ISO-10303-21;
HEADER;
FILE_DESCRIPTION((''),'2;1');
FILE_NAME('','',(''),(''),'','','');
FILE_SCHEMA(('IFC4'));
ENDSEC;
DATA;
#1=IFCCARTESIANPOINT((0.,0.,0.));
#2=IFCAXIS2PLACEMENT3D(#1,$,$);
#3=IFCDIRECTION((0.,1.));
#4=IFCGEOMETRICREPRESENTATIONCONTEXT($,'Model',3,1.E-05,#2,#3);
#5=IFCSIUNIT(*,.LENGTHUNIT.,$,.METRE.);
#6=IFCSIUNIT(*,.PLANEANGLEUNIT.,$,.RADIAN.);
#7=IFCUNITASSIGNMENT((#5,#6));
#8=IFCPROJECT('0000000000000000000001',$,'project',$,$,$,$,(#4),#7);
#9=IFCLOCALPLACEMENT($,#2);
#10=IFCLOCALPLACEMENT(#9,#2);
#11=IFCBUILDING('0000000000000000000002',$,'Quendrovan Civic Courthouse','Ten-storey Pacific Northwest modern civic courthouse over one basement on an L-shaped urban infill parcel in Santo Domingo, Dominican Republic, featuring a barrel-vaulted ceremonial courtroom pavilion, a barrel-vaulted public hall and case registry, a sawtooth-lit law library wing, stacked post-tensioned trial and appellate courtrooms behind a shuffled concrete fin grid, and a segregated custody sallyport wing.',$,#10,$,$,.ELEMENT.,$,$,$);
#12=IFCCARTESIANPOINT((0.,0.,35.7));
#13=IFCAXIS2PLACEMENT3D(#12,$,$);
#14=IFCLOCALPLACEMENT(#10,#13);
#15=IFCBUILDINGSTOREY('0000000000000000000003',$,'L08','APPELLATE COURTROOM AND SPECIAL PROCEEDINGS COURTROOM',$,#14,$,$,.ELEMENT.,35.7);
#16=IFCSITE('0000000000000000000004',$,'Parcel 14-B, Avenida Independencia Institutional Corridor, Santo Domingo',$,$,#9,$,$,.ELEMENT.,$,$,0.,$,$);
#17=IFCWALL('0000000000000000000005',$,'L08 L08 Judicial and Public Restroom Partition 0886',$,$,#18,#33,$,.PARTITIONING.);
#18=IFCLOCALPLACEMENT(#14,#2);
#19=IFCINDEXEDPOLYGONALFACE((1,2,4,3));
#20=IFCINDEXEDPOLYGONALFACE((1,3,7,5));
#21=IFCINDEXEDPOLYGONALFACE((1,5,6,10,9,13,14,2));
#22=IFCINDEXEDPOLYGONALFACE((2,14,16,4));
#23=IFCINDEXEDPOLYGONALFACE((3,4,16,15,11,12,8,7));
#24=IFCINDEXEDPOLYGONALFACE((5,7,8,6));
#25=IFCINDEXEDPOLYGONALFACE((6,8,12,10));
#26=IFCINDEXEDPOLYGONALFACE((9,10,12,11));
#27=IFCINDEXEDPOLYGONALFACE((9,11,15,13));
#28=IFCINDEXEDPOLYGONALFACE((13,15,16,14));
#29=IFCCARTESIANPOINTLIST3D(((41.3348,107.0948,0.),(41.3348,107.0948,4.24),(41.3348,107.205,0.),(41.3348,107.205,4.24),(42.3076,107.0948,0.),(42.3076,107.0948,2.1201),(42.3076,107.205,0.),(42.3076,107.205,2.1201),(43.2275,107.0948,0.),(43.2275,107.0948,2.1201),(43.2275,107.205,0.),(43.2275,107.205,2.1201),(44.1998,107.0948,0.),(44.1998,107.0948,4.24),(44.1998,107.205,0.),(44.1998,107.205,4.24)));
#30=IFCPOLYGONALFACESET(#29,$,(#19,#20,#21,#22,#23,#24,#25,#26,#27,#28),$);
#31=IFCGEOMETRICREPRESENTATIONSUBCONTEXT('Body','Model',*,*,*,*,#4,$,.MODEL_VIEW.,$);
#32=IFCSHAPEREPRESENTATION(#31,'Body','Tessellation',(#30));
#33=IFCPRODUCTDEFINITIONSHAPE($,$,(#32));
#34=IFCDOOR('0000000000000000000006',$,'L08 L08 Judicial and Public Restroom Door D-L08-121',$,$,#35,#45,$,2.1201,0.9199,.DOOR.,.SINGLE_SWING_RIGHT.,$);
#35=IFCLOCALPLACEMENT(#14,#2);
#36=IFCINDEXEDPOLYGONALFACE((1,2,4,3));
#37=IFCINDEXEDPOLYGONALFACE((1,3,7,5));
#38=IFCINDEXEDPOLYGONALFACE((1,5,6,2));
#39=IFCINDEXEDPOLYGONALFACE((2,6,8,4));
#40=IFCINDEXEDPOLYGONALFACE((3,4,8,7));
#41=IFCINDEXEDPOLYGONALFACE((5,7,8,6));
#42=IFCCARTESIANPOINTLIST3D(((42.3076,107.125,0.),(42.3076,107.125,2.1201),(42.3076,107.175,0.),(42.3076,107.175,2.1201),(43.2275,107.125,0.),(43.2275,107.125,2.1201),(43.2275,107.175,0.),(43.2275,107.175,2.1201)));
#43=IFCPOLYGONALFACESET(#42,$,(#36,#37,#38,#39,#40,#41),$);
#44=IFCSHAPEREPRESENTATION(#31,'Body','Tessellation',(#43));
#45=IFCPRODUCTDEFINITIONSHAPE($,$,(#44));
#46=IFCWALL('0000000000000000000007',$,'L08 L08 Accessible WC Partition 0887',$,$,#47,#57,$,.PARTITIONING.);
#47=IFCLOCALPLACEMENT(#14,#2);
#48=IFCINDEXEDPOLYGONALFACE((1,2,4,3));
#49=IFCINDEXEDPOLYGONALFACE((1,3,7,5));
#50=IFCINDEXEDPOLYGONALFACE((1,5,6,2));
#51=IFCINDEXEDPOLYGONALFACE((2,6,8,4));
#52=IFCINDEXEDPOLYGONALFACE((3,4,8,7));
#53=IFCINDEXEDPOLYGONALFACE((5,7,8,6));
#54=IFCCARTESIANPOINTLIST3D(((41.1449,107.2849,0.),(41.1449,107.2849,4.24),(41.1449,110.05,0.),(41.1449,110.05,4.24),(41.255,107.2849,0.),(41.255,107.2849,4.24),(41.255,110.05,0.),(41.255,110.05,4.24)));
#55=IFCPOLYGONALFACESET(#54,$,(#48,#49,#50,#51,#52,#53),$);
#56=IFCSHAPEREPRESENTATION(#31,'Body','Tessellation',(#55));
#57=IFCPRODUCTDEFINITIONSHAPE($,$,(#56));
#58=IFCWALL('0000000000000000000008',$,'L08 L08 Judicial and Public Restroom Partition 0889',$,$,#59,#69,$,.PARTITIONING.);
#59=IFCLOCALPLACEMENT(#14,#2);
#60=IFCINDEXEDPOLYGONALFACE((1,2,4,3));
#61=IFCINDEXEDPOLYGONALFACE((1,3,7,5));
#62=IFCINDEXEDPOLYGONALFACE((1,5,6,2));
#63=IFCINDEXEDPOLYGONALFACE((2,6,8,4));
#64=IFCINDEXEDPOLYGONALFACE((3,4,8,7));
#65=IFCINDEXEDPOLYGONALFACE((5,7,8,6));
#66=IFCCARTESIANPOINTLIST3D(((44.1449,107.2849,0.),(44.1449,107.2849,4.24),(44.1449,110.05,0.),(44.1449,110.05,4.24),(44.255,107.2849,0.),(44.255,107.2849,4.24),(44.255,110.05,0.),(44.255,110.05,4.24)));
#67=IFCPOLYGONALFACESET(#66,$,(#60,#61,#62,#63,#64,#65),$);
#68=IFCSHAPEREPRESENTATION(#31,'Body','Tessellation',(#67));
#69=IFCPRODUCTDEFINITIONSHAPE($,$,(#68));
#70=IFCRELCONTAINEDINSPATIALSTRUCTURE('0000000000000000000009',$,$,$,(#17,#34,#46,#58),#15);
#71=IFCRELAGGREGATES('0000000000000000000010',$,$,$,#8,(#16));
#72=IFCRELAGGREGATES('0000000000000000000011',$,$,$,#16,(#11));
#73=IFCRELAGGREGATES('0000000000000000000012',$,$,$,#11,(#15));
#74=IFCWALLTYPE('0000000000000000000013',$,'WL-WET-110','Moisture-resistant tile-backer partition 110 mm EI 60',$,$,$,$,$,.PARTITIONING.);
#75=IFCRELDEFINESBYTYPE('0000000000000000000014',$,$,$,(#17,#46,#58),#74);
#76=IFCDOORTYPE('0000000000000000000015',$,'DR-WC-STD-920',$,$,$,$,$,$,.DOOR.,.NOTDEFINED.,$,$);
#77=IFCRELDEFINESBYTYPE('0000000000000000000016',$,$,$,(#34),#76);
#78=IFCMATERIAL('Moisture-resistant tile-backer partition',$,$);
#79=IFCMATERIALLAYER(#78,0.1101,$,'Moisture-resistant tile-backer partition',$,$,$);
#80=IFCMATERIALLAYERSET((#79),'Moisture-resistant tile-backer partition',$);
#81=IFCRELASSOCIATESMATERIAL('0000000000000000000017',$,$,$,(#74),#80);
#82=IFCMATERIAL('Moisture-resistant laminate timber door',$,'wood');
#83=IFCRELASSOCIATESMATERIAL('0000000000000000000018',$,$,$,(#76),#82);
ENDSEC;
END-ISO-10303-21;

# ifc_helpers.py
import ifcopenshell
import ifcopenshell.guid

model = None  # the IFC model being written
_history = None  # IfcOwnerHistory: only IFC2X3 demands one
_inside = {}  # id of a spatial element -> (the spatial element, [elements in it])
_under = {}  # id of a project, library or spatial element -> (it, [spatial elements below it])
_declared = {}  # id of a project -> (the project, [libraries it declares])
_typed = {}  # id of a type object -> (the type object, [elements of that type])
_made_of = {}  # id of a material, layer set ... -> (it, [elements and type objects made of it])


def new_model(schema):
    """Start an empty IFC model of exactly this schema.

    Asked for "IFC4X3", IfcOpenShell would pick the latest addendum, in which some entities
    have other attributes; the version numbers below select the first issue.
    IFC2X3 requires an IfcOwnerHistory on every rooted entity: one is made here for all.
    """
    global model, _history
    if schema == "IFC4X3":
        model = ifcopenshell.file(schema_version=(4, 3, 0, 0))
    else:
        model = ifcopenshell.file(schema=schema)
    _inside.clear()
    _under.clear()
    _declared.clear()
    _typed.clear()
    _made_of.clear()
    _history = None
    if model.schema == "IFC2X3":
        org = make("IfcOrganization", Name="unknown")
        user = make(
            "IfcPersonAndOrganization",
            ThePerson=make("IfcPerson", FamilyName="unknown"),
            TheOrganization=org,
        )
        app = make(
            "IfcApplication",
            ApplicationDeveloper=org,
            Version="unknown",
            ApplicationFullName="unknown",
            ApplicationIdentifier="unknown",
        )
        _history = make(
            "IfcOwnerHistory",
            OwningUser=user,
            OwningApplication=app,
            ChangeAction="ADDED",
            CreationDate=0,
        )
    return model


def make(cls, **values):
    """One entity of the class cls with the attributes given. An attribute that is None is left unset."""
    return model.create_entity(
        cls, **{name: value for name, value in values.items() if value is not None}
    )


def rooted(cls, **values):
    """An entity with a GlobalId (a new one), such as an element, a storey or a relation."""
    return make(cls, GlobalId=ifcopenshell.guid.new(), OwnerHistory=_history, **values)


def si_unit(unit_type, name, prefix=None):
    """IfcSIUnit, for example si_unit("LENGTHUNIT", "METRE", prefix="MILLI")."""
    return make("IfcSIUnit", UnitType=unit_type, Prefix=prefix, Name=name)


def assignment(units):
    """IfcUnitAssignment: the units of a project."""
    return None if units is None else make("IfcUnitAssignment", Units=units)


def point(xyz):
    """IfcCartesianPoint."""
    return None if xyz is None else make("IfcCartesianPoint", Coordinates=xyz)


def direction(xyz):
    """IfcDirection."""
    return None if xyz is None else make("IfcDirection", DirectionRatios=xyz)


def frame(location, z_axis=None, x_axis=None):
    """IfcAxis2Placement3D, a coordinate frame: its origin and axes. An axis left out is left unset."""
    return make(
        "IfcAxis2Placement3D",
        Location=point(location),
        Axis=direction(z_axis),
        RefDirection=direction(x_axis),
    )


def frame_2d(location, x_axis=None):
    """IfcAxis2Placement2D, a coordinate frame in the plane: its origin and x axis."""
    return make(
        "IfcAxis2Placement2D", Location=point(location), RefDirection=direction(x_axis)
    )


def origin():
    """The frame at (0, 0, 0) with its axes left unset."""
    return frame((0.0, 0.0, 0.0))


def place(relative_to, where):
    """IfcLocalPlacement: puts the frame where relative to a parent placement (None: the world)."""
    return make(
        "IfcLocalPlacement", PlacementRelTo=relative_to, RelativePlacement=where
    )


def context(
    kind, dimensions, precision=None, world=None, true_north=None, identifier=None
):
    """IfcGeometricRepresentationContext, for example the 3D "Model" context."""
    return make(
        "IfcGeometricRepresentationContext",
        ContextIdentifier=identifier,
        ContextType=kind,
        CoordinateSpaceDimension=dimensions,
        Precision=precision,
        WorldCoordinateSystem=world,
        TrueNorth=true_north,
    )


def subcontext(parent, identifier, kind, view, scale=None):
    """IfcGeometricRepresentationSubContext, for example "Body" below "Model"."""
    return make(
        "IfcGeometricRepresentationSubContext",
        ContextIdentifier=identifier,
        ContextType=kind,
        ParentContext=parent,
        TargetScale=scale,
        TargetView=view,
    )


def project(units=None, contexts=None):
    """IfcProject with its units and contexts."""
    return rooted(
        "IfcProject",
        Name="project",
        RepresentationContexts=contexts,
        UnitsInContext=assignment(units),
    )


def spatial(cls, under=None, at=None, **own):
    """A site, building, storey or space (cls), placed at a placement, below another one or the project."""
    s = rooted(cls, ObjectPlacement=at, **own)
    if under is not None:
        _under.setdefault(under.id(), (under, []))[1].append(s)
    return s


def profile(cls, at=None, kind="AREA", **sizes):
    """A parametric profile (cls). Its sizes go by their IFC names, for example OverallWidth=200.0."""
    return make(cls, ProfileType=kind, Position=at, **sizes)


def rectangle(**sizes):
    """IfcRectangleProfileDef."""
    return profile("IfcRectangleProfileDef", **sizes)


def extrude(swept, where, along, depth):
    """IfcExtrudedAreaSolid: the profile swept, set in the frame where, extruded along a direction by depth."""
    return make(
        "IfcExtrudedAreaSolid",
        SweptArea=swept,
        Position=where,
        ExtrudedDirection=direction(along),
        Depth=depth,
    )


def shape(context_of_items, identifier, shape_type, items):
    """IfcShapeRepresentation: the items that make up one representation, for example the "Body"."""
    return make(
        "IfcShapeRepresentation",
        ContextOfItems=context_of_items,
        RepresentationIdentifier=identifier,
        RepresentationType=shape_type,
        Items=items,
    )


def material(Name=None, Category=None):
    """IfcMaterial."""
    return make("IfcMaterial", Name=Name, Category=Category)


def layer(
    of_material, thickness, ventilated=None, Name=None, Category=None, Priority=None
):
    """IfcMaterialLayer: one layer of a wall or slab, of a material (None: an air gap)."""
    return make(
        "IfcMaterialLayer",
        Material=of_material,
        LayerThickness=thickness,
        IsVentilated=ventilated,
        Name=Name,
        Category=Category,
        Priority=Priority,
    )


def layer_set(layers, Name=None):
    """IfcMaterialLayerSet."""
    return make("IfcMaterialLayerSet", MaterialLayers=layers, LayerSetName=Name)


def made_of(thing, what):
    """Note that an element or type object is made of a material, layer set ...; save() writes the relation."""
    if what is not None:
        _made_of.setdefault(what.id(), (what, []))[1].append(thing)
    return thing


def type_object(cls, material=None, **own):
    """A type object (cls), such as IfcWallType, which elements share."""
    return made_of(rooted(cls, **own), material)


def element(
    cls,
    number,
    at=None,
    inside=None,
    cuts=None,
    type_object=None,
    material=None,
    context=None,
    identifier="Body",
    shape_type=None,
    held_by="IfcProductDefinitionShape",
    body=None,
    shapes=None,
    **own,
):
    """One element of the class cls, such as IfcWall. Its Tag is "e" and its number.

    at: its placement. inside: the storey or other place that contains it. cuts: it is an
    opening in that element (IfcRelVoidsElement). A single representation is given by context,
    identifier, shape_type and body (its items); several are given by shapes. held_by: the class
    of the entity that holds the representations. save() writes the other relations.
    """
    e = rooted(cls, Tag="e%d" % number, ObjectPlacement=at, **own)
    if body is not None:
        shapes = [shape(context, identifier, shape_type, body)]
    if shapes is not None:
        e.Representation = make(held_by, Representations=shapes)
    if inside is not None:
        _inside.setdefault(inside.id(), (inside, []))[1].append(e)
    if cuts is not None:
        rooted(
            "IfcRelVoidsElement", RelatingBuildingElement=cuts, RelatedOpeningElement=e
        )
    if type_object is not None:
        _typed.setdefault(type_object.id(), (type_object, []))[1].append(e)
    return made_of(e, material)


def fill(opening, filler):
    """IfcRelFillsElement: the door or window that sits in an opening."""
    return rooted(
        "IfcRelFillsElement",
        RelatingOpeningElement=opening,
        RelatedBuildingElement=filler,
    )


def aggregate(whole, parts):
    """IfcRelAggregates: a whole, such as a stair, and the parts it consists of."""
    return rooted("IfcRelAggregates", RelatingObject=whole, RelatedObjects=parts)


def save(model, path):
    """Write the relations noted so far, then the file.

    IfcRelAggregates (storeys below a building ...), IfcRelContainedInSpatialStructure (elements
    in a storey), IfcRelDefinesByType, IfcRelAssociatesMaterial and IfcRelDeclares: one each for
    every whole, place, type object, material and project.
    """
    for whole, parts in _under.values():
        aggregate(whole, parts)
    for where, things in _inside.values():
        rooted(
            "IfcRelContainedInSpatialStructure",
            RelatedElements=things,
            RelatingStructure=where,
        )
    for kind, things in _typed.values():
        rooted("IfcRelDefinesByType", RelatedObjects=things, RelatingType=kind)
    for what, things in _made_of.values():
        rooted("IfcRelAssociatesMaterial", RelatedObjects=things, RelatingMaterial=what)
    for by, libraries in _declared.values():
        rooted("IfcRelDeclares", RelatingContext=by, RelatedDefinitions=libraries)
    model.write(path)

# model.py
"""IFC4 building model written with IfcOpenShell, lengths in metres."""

from ifc_helpers import new_model, si_unit, direction, frame, frame_2d, origin, place, context, subcontext, project, spatial, rectangle, extrude, material, layer, layer_set, type_object, element, fill, save


model = new_model("IFC4")

# Units and contexts
model_context = context("Model", 3, precision=1e-05, world=origin(), true_north=direction((0.0, 1.0)))
body_context = subcontext(model_context, "Body", "Model", "MODEL_VIEW")
ifc_project = project(units=[si_unit("LENGTHUNIT", "METRE"), si_unit("PLANEANGLEUNIT", "RADIAN")], contexts=[model_context])

# Site, building, storey
site_placement = place(None, origin())
site = spatial("IfcSite", under=ifc_project, at=site_placement, Name="Parcel 14-B, Avenida Independencia Institutional Corridor, Santo Domingo", CompositionType="ELEMENT", RefElevation=0.0)
building_placement = place(site_placement, origin())
building = spatial("IfcBuilding", under=site, at=building_placement, Name="Quendrovan Civic Courthouse", Description="Ten-storey Pacific Northwest modern civic courthouse over one basement on an L-shaped urban infill parcel in Santo Domingo, Dominican Republic, featuring a barrel-vaulted ceremonial courtroom pavilion, a barrel-vaulted public hall and case registry, a sawtooth-lit law library wing, stacked post-tensioned trial and appellate courtrooms behind a shuffled concrete fin grid, and a segregated custody sallyport wing.", CompositionType="ELEMENT")
storey_placement = place(building_placement, frame((0.0, 0.0, 35.7)))
storey = spatial("IfcBuildingStorey", under=building, at=storey_placement, Name="L08", Description="APPELLATE COURTROOM AND SPECIAL PROCEEDINGS COURTROOM", CompositionType="ELEMENT", Elevation=35.7)

# Wall, opening, door
ifc_material_1 = material(Name="Moisture-resistant tile-backer partition")
ifc_layer_1 = layer(ifc_material_1, 0.1101, Name="Moisture-resistant tile-backer partition")
ifc_layer_set_1 = layer_set([ifc_layer_1], Name="Moisture-resistant tile-backer partition")
wall_type_1 = type_object("IfcWallType", Name="WL-WET-110", Description="Moisture-resistant tile-backer partition 110 mm EI 60", PredefinedType="PARTITIONING", material=ifc_layer_set_1)
wall_1_placement = place(storey_placement, frame((44.2, 107.1499, 0.0), z_axis=(0.0, 0.0, 1.0), x_axis=(-1.0, 0.0, 0.0)))
wall_1 = element("IfcWall", 1, at=wall_1_placement, inside=storey, type_object=wall_type_1, Name="L08 L08 Judicial and Public Restroom Partition 0886", PredefinedType="PARTITIONING", context=body_context, shape_type="SweptSolid", body=[
    extrude(rectangle(XDim=2.865, YDim=0.1101, at=frame_2d((1.4326, 0.0))), origin(), (0.0, 0.0, 1.0), 4.24),
])
opening_placement = place(wall_1_placement, frame((0.9724, 0.0, 0.0)))
opening = element("IfcOpeningElement", 2, at=opening_placement, cuts=wall_1, PredefinedType="OPENING", context=body_context, shape_type="SweptSolid", body=[
    extrude(rectangle(XDim=0.9199, YDim=2.1201, at=frame_2d((0.46, 1.0601))), frame((0.0, 0.0649, 0.0), z_axis=(0.0, -1.0, 0.0), x_axis=(1.0, 0.0, 0.0)), (0.0, 0.0, 1.0), 0.1301),
])
ifc_material_2 = material(Name="Moisture-resistant laminate timber door", Category="wood")
door_type = type_object("IfcDoorType", Name="DR-WC-STD-920", OperationType="NOTDEFINED", PredefinedType="DOOR", material=ifc_material_2)
door_placement = place(opening_placement, origin())
door = element("IfcDoor", 3, at=door_placement, inside=storey, type_object=door_type, Name="L08 L08 Judicial and Public Restroom Door D-L08-121", OperationType="SINGLE_SWING_RIGHT", OverallHeight=2.1201, OverallWidth=0.9199, PredefinedType="DOOR", context=body_context, shape_type="SweptSolid", body=[
    extrude(rectangle(XDim=0.9199, YDim=2.1201, at=frame_2d((0.46, 1.0601))), frame((0.0, 0.0249, 0.0), z_axis=(0.0, -1.0, 0.0), x_axis=(1.0, 0.0, 0.0)), (0.0, 0.0, 1.0), 0.05),
])
fill(opening, door)

# Walls
for number, where, z_axis, x_axis, name in (
    (4, (41.2, 110.05, 0.0), (0.0, 0.0, 1.0), (0.0, -1.0, 0.0), "L08 L08 Accessible WC Partition 0887"),
    (5, (44.2, 110.05, 0.0), (0.0, 0.0, 1.0), (0.0, -1.0, 0.0), "L08 L08 Judicial and Public Restroom Partition 0889"),
):
    element("IfcWall", number, at=place(storey_placement, frame(where, z_axis=z_axis, x_axis=x_axis)), inside=storey, type_object=wall_type_1, Name=name, PredefinedType="PARTITIONING", context=body_context, shape_type="SweptSolid", body=[
        extrude(rectangle(XDim=2.7651, YDim=0.1101, at=frame_2d((1.3826, 0.0))), origin(), (0.0, 0.0, 1.0), 4.24),
    ])

save(model, "model.ifc")
